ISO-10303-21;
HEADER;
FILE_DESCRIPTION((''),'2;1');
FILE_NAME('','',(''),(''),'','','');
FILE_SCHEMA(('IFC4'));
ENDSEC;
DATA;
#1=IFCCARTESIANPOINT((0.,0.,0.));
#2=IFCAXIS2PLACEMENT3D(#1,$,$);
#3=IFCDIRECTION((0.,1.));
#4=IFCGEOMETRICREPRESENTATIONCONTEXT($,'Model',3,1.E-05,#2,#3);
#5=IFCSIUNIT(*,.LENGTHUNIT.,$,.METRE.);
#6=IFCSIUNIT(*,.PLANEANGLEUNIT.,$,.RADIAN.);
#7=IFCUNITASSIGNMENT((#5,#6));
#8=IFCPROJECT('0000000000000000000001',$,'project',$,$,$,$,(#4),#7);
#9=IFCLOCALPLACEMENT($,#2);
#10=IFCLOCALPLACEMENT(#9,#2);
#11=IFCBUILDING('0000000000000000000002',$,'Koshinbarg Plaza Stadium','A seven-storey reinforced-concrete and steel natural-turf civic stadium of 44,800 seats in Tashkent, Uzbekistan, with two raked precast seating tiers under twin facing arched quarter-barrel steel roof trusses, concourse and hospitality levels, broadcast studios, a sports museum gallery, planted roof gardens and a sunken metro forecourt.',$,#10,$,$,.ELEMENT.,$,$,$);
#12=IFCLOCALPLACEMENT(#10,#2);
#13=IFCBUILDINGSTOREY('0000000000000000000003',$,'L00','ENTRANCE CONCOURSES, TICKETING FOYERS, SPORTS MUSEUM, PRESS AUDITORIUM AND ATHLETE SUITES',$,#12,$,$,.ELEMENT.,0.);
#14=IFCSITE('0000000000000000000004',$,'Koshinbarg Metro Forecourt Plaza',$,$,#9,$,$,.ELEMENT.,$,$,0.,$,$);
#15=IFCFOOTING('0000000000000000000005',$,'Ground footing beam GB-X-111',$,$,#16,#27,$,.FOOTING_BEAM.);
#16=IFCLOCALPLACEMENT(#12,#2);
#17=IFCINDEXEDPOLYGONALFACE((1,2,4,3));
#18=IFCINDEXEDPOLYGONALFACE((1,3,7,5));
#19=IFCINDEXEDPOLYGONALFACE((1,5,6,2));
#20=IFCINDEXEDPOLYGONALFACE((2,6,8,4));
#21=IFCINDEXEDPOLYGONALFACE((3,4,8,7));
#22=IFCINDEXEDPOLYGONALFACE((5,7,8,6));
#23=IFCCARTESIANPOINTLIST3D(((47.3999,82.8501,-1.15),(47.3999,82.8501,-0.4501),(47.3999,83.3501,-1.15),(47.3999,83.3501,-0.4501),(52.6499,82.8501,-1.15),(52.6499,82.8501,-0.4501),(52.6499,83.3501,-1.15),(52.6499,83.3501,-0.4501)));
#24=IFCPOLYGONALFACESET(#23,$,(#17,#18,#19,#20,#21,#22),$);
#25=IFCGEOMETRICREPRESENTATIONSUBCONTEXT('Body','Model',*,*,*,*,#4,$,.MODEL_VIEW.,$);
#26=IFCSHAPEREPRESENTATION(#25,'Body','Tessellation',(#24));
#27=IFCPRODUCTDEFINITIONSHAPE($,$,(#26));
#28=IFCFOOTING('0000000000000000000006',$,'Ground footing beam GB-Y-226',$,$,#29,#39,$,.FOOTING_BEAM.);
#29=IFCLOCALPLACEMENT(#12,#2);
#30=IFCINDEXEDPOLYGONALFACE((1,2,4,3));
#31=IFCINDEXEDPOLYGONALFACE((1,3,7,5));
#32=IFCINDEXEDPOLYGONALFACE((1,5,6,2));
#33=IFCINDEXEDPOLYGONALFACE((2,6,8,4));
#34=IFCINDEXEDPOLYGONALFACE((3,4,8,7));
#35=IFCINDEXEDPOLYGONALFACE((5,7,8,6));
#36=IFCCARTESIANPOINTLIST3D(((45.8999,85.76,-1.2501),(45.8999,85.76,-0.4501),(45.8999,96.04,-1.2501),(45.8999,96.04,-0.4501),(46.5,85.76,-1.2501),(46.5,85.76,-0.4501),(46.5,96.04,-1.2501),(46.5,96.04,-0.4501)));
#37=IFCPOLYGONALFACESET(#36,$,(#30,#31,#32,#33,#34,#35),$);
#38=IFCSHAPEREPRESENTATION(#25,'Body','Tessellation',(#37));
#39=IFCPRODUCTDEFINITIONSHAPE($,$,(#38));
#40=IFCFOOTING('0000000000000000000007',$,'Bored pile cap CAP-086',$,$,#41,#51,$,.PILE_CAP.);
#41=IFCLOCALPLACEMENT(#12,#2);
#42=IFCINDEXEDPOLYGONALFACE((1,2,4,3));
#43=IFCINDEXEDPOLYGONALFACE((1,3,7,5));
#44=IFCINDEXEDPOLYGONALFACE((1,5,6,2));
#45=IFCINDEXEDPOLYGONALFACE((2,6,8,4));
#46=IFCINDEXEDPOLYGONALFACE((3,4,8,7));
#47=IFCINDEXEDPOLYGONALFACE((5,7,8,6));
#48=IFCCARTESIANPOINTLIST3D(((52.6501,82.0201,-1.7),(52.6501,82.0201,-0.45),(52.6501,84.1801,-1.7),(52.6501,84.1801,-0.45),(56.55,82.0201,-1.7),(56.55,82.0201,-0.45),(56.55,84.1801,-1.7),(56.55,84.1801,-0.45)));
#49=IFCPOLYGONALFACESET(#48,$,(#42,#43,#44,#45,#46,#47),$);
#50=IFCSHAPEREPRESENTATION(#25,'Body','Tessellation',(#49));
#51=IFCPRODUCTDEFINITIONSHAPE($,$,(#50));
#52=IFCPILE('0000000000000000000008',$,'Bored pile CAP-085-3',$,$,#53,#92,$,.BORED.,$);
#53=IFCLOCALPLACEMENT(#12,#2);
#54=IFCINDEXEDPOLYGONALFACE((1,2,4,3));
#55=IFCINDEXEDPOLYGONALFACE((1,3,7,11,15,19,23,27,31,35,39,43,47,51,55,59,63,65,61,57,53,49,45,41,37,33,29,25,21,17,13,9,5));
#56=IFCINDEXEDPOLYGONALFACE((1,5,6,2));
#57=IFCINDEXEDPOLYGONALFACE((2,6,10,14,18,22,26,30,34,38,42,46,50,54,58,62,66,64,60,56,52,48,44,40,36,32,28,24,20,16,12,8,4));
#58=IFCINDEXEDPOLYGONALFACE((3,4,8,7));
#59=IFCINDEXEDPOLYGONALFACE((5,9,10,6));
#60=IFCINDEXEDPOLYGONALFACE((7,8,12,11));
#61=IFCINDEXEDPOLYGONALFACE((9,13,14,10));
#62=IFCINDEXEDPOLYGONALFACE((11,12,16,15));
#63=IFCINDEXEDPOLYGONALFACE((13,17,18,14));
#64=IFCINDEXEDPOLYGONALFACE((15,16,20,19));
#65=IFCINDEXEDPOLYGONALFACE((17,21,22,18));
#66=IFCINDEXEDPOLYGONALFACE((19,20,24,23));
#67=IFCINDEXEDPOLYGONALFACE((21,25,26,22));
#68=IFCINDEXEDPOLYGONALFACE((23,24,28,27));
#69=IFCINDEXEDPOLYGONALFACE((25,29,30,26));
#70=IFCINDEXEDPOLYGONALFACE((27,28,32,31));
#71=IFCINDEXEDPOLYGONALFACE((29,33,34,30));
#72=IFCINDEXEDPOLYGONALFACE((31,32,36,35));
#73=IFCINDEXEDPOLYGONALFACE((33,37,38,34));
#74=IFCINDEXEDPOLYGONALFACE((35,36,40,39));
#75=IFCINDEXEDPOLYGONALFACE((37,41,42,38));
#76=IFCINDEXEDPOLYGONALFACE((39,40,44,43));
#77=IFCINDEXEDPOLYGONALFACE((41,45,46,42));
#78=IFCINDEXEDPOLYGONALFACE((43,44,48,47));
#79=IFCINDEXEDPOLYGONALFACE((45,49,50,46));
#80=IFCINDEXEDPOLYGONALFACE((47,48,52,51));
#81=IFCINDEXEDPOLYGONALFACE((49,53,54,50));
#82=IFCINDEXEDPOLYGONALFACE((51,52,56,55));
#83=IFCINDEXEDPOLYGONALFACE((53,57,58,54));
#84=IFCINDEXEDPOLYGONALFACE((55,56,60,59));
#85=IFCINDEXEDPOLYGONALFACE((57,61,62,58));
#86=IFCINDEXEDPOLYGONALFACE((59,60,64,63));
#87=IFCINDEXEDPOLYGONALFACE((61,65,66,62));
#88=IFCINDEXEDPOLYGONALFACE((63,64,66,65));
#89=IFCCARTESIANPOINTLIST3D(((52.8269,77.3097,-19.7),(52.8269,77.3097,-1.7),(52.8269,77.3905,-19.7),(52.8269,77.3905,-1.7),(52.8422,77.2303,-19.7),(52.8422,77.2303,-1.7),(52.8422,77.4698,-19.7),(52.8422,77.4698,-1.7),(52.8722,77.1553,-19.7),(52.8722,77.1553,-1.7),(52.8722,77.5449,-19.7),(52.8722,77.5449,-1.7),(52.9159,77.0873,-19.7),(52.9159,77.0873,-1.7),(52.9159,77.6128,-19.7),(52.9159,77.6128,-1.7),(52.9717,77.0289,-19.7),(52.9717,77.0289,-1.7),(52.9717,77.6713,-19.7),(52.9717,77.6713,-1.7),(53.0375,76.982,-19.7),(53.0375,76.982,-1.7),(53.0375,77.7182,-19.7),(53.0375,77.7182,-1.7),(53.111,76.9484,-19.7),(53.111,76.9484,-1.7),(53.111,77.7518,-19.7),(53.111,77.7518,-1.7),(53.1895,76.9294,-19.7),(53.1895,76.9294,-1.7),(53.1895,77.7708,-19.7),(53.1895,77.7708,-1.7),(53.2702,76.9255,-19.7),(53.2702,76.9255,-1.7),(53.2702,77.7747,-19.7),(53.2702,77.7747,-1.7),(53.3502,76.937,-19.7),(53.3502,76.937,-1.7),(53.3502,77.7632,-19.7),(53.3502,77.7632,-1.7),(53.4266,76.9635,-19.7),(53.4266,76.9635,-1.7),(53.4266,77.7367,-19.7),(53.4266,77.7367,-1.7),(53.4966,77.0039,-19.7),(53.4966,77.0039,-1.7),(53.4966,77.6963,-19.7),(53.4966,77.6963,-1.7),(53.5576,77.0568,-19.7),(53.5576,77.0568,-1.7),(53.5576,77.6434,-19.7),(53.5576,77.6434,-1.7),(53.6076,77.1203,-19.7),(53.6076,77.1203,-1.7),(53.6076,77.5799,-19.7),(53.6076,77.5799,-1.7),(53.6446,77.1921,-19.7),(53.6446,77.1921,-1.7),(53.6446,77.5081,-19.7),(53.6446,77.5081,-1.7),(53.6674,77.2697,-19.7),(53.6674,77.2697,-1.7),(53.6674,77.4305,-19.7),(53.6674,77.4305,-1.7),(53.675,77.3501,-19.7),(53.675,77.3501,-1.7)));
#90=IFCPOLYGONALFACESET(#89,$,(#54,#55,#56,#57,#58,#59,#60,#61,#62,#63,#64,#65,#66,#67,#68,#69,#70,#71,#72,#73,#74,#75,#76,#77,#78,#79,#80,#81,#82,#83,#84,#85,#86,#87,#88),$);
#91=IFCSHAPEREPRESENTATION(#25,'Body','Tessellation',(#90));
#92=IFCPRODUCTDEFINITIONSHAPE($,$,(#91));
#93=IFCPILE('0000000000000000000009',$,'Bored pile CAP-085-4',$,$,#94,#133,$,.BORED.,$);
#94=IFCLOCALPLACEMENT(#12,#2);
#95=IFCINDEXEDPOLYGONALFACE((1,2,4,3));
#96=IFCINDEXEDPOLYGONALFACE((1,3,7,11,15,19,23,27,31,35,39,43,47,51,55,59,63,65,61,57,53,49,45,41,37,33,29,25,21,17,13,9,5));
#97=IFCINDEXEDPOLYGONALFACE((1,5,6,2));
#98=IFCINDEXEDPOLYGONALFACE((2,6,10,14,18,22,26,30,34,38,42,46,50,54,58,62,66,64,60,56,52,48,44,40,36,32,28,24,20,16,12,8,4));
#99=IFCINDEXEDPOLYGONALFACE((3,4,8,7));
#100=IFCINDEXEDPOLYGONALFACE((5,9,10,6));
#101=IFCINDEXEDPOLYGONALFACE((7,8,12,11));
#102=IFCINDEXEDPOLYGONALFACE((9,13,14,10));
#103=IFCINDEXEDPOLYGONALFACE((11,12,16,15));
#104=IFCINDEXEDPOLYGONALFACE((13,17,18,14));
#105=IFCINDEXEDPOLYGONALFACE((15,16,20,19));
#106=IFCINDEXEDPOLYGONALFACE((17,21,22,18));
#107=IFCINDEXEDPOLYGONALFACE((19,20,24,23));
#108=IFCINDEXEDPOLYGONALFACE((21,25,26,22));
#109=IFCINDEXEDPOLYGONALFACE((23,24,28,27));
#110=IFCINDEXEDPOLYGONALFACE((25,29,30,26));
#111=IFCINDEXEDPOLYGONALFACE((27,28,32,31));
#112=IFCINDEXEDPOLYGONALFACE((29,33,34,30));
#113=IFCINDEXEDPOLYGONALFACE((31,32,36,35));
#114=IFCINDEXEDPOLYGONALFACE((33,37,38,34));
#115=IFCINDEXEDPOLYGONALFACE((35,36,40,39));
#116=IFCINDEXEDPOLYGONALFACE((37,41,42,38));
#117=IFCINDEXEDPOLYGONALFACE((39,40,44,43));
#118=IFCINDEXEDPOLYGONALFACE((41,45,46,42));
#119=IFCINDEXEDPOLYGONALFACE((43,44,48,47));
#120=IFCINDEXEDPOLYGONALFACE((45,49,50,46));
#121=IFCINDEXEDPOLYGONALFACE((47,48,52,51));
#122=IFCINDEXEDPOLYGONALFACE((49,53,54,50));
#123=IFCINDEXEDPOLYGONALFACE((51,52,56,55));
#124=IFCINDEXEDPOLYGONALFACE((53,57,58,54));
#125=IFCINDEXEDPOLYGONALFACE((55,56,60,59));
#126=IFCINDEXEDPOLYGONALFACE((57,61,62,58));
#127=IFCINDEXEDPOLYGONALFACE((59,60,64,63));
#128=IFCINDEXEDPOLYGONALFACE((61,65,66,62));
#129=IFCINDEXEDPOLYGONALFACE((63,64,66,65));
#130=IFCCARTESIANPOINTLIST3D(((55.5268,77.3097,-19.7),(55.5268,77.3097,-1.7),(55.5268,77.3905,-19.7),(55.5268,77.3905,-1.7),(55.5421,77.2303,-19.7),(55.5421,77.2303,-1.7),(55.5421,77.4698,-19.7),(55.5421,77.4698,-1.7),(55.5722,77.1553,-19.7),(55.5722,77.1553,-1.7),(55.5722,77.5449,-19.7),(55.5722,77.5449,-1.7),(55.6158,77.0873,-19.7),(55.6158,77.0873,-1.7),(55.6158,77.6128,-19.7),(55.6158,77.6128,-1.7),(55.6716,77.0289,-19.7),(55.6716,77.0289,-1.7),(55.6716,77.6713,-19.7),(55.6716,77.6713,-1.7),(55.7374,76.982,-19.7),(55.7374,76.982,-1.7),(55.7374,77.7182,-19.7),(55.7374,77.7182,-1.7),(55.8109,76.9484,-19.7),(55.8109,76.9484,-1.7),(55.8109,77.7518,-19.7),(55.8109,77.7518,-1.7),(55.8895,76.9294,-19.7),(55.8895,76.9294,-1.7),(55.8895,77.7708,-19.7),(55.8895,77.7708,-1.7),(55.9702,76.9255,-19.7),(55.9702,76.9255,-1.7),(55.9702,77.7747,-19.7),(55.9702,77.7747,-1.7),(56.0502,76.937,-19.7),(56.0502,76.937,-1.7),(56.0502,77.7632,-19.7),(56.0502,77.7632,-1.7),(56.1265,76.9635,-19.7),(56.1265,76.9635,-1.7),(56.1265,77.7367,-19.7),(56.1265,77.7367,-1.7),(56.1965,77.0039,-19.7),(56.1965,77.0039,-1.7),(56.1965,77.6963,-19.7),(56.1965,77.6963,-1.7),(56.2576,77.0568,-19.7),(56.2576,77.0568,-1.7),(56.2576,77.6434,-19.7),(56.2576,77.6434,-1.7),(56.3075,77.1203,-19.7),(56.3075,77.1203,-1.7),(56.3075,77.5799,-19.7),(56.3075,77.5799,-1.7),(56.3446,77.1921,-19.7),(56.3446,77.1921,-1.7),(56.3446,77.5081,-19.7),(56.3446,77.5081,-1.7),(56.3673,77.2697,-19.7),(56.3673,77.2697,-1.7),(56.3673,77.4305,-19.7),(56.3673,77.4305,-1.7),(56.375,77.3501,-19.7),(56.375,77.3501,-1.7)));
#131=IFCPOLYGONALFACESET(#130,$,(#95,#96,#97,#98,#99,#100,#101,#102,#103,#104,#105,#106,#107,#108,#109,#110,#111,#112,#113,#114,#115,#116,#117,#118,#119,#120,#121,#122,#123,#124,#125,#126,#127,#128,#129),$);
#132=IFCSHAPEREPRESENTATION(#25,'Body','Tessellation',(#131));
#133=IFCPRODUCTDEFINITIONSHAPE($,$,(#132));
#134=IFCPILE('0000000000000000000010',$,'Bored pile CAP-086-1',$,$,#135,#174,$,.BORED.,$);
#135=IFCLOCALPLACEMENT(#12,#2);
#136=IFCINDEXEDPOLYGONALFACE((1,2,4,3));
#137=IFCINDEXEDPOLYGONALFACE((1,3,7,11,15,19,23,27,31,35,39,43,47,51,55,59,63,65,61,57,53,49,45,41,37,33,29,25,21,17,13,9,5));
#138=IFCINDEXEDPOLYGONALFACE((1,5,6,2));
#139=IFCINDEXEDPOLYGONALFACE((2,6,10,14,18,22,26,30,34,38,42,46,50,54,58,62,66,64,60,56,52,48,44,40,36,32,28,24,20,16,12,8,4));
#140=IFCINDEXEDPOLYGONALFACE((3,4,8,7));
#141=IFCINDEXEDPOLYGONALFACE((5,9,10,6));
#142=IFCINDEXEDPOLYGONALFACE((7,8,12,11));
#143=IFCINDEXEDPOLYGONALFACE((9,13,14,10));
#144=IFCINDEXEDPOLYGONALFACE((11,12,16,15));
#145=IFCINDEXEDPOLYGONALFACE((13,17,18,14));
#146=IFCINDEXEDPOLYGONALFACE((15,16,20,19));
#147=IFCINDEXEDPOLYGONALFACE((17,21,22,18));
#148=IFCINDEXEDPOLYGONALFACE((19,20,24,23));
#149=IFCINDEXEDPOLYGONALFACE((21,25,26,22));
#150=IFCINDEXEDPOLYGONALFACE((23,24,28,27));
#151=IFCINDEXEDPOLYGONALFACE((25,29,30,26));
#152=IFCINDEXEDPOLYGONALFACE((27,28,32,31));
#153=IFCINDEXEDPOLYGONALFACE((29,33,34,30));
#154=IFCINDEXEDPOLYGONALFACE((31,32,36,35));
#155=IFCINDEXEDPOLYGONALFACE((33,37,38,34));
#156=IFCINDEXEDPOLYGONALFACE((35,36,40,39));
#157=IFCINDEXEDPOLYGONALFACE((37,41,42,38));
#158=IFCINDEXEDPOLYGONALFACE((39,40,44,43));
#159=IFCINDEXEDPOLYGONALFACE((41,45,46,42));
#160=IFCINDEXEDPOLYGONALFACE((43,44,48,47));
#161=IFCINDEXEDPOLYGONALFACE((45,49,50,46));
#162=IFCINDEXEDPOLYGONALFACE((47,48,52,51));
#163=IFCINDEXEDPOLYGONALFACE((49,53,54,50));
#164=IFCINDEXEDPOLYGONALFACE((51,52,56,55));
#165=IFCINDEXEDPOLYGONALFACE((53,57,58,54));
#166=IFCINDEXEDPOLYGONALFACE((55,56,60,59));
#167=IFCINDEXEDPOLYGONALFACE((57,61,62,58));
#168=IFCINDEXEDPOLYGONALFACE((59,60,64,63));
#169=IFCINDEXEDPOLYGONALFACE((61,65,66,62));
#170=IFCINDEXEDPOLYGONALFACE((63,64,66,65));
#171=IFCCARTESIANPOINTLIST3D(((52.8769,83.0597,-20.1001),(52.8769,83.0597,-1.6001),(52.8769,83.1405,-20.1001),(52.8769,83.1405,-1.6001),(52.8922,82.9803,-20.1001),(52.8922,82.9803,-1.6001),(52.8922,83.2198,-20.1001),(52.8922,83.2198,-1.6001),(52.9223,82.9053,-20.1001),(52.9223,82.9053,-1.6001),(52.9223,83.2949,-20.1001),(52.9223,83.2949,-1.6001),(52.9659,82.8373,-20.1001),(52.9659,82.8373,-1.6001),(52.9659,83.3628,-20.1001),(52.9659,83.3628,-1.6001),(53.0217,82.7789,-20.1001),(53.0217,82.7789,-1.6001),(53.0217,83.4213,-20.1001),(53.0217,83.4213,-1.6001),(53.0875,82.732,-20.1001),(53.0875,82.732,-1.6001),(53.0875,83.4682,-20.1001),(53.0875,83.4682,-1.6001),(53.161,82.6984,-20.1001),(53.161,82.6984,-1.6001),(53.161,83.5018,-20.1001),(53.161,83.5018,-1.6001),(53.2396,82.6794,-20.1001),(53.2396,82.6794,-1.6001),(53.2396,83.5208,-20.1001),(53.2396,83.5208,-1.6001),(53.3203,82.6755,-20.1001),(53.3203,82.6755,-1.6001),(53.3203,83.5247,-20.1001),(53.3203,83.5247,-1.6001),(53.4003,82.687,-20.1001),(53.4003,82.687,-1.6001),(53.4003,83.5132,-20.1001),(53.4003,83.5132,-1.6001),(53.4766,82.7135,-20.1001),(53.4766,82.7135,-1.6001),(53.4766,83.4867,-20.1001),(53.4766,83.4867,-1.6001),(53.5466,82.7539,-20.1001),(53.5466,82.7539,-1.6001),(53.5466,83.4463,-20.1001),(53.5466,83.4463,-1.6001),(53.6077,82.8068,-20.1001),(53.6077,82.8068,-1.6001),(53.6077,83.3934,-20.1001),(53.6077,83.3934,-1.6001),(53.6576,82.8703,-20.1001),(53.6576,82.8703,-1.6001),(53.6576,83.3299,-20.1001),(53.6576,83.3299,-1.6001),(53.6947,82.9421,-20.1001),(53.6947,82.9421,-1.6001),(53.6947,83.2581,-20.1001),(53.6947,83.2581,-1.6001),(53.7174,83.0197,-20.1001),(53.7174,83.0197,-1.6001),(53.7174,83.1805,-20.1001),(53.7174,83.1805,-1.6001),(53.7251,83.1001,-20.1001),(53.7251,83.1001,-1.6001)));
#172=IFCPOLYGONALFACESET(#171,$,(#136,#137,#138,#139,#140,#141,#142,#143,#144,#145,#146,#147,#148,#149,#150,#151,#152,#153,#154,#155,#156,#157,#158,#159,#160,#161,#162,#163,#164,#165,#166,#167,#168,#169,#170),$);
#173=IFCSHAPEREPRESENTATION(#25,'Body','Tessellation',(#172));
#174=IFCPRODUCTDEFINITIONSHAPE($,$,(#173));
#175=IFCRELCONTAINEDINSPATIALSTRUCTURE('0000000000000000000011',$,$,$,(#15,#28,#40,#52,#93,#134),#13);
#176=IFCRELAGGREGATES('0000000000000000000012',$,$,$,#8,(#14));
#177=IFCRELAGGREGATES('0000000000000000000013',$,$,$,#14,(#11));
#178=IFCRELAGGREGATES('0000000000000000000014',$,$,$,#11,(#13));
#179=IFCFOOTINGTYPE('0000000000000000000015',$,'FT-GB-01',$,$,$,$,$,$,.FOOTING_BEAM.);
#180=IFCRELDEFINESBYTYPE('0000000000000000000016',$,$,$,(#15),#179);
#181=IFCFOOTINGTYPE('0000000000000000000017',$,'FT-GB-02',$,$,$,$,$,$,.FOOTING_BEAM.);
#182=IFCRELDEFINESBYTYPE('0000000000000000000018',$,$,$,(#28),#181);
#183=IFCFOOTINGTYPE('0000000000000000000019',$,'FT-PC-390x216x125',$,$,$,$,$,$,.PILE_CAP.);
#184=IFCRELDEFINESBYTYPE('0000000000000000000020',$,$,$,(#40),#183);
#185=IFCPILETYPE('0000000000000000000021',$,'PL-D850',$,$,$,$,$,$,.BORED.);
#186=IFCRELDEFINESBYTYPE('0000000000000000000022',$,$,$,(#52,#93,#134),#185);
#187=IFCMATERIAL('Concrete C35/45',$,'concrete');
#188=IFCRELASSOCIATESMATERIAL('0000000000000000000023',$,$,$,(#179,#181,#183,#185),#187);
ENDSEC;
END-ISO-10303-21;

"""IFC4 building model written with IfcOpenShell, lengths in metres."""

from ifc_helpers import new_model, si_unit, direction, frame, origin, origin_2d, place, context, subcontext, project, spatial, rectangle, circle, extrude, material, material_profile, profile_set, type_object, element, save


model = new_model("IFC4")

# Units and contexts
model_context = context("Model", 3, precision=1e-05, world=origin(), true_north=direction((0.0, 1.0)))
body_context = subcontext(model_context, "Body", "Model", "MODEL_VIEW")
ifc_project = project(units=[si_unit("LENGTHUNIT", "METRE"), si_unit("PLANEANGLEUNIT", "RADIAN")], contexts=[model_context])

# Site, building, storey
site_placement = place(None, origin())
site = spatial("IfcSite", under=ifc_project, at=site_placement, Name="Koshinbarg Metro Forecourt Plaza", CompositionType="ELEMENT", RefElevation=0.0)
building_placement = place(site_placement, origin())
building = spatial("IfcBuilding", under=site, at=building_placement, Name="Koshinbarg Plaza Stadium", Description="A seven-storey reinforced-concrete and steel natural-turf civic stadium of 44,800 seats in Tashkent, Uzbekistan, with two raked precast seating tiers under twin facing arched quarter-barrel steel roof trusses, concourse and hospitality levels, broadcast studios, a sports museum gallery, planted roof gardens and a sunken metro forecourt.", CompositionType="ELEMENT")
storey_placement = place(building_placement, origin())
storey = spatial("IfcBuildingStorey", under=building, at=storey_placement, Name="L00", Description="ENTRANCE CONCOURSES, TICKETING FOYERS, SPORTS MUSEUM, PRESS AUDITORIUM AND ATHLETE SUITES", CompositionType="ELEMENT", Elevation=0.0)

# Footings
ifc_material_1 = material(Name="Concrete C35/45", Category="concrete")
ifc_material_profile_1 = material_profile(ifc_material_1, rectangle(XDim=0.5, YDim=0.7, at=origin_2d()), Name="GB 500x700")
ifc_profile_set_1 = profile_set([ifc_material_profile_1], Name="Concrete C35/45")
footing_type_1 = type_object("IfcFootingType", Name="FT-GB-01", PredefinedType="FOOTING_BEAM", material=ifc_profile_set_1)
footing_1_placement = place(storey_placement, frame((47.3999, 83.1001, -0.8), z_axis=(1.0, 0.0, 0.0), x_axis=(0.0, 1.0, 0.0)))
element("IfcFooting", 1, at=footing_1_placement, inside=storey, type_object=footing_type_1, Name="Ground footing beam GB-X-111", PredefinedType="FOOTING_BEAM", context=body_context, shape_type="SweptSolid", body=[
    extrude(rectangle(XDim=0.5, YDim=0.7, at=origin_2d()), origin(), (0.0, 0.0, 1.0), 5.25),
])
ifc_material_profile_2 = material_profile(ifc_material_1, rectangle(XDim=0.6001, YDim=0.8, at=origin_2d()), Name="GB 600x800")
ifc_profile_set_2 = profile_set([ifc_material_profile_2], Name="Concrete C35/45")
footing_type_2 = type_object("IfcFootingType", Name="FT-GB-02", PredefinedType="FOOTING_BEAM", material=ifc_profile_set_2)
footing_2_placement = place(storey_placement, frame((46.2, 85.76, -0.8501), z_axis=(0.0, 1.0, 0.0), x_axis=(-1.0, 0.0, 0.0)))
element("IfcFooting", 2, at=footing_2_placement, inside=storey, type_object=footing_type_2, Name="Ground footing beam GB-Y-226", PredefinedType="FOOTING_BEAM", context=body_context, shape_type="SweptSolid", body=[
    extrude(rectangle(XDim=0.6001, YDim=0.8, at=origin_2d()), origin(), (0.0, 0.0, 1.0), 10.28),
])
footing_type_3 = type_object("IfcFootingType", Name="FT-PC-390x216x125", PredefinedType="PILE_CAP", material=ifc_material_1)
footing_3_placement = place(storey_placement, frame((54.6001, 83.1001, -1.7), z_axis=(0.0, 0.0, 1.0), x_axis=(1.0, 0.0, 0.0)))
element("IfcFooting", 3, at=footing_3_placement, inside=storey, type_object=footing_type_3, Name="Bored pile cap CAP-086", PredefinedType="PILE_CAP", context=body_context, shape_type="SweptSolid", body=[
    extrude(rectangle(XDim=3.8999, YDim=2.1599, at=origin_2d()), origin(), (0.0, 0.0, 1.0), 1.25),
])

# Piles
ifc_material_profile_3 = material_profile(ifc_material_1, circle(Radius=0.425, at=origin_2d()), Name="PILE D850")
ifc_profile_set_3 = profile_set([ifc_material_profile_3], Name="Concrete C35/45")
pile_type_1 = type_object("IfcPileType", Name="PL-D850", PredefinedType="BORED", material=ifc_profile_set_3)
for number, where, z_axis, x_axis, name in (
    (4, (53.25, 77.3501, -1.7), (0.0, 0.0, -1.0), (1.0, 0.0, 0.0), "Bored pile CAP-085-3"),
    (5, (55.95, 77.3501, -1.7), (0.0, 0.0, -1.0), (1.0, 0.0, 0.0), "Bored pile CAP-085-4"),
):
    element("IfcPile", number, at=place(storey_placement, frame(where, z_axis=z_axis, x_axis=x_axis)), inside=storey, type_object=pile_type_1, Name=name, PredefinedType="BORED", context=body_context, shape_type="SweptSolid", body=[
        extrude(circle(Radius=0.425, at=origin_2d()), origin(), (0.0, 0.0, 1.0), 18.0),
    ])
for number, where, z_axis, x_axis, name in (
    (6, (53.3, 83.1001, -1.6001), (0.0, 0.0, -1.0), (1.0, 0.0, 0.0), "Bored pile CAP-086-1"),
):
    element("IfcPile", number, at=place(storey_placement, frame(where, z_axis=z_axis, x_axis=x_axis)), inside=storey, type_object=pile_type_1, Name=name, PredefinedType="BORED", context=body_context, shape_type="SweptSolid", body=[
        extrude(circle(Radius=0.425, at=origin_2d()), origin(), (0.0, 0.0, 1.0), 18.5),
    ])

save(model, "model.ifc")
